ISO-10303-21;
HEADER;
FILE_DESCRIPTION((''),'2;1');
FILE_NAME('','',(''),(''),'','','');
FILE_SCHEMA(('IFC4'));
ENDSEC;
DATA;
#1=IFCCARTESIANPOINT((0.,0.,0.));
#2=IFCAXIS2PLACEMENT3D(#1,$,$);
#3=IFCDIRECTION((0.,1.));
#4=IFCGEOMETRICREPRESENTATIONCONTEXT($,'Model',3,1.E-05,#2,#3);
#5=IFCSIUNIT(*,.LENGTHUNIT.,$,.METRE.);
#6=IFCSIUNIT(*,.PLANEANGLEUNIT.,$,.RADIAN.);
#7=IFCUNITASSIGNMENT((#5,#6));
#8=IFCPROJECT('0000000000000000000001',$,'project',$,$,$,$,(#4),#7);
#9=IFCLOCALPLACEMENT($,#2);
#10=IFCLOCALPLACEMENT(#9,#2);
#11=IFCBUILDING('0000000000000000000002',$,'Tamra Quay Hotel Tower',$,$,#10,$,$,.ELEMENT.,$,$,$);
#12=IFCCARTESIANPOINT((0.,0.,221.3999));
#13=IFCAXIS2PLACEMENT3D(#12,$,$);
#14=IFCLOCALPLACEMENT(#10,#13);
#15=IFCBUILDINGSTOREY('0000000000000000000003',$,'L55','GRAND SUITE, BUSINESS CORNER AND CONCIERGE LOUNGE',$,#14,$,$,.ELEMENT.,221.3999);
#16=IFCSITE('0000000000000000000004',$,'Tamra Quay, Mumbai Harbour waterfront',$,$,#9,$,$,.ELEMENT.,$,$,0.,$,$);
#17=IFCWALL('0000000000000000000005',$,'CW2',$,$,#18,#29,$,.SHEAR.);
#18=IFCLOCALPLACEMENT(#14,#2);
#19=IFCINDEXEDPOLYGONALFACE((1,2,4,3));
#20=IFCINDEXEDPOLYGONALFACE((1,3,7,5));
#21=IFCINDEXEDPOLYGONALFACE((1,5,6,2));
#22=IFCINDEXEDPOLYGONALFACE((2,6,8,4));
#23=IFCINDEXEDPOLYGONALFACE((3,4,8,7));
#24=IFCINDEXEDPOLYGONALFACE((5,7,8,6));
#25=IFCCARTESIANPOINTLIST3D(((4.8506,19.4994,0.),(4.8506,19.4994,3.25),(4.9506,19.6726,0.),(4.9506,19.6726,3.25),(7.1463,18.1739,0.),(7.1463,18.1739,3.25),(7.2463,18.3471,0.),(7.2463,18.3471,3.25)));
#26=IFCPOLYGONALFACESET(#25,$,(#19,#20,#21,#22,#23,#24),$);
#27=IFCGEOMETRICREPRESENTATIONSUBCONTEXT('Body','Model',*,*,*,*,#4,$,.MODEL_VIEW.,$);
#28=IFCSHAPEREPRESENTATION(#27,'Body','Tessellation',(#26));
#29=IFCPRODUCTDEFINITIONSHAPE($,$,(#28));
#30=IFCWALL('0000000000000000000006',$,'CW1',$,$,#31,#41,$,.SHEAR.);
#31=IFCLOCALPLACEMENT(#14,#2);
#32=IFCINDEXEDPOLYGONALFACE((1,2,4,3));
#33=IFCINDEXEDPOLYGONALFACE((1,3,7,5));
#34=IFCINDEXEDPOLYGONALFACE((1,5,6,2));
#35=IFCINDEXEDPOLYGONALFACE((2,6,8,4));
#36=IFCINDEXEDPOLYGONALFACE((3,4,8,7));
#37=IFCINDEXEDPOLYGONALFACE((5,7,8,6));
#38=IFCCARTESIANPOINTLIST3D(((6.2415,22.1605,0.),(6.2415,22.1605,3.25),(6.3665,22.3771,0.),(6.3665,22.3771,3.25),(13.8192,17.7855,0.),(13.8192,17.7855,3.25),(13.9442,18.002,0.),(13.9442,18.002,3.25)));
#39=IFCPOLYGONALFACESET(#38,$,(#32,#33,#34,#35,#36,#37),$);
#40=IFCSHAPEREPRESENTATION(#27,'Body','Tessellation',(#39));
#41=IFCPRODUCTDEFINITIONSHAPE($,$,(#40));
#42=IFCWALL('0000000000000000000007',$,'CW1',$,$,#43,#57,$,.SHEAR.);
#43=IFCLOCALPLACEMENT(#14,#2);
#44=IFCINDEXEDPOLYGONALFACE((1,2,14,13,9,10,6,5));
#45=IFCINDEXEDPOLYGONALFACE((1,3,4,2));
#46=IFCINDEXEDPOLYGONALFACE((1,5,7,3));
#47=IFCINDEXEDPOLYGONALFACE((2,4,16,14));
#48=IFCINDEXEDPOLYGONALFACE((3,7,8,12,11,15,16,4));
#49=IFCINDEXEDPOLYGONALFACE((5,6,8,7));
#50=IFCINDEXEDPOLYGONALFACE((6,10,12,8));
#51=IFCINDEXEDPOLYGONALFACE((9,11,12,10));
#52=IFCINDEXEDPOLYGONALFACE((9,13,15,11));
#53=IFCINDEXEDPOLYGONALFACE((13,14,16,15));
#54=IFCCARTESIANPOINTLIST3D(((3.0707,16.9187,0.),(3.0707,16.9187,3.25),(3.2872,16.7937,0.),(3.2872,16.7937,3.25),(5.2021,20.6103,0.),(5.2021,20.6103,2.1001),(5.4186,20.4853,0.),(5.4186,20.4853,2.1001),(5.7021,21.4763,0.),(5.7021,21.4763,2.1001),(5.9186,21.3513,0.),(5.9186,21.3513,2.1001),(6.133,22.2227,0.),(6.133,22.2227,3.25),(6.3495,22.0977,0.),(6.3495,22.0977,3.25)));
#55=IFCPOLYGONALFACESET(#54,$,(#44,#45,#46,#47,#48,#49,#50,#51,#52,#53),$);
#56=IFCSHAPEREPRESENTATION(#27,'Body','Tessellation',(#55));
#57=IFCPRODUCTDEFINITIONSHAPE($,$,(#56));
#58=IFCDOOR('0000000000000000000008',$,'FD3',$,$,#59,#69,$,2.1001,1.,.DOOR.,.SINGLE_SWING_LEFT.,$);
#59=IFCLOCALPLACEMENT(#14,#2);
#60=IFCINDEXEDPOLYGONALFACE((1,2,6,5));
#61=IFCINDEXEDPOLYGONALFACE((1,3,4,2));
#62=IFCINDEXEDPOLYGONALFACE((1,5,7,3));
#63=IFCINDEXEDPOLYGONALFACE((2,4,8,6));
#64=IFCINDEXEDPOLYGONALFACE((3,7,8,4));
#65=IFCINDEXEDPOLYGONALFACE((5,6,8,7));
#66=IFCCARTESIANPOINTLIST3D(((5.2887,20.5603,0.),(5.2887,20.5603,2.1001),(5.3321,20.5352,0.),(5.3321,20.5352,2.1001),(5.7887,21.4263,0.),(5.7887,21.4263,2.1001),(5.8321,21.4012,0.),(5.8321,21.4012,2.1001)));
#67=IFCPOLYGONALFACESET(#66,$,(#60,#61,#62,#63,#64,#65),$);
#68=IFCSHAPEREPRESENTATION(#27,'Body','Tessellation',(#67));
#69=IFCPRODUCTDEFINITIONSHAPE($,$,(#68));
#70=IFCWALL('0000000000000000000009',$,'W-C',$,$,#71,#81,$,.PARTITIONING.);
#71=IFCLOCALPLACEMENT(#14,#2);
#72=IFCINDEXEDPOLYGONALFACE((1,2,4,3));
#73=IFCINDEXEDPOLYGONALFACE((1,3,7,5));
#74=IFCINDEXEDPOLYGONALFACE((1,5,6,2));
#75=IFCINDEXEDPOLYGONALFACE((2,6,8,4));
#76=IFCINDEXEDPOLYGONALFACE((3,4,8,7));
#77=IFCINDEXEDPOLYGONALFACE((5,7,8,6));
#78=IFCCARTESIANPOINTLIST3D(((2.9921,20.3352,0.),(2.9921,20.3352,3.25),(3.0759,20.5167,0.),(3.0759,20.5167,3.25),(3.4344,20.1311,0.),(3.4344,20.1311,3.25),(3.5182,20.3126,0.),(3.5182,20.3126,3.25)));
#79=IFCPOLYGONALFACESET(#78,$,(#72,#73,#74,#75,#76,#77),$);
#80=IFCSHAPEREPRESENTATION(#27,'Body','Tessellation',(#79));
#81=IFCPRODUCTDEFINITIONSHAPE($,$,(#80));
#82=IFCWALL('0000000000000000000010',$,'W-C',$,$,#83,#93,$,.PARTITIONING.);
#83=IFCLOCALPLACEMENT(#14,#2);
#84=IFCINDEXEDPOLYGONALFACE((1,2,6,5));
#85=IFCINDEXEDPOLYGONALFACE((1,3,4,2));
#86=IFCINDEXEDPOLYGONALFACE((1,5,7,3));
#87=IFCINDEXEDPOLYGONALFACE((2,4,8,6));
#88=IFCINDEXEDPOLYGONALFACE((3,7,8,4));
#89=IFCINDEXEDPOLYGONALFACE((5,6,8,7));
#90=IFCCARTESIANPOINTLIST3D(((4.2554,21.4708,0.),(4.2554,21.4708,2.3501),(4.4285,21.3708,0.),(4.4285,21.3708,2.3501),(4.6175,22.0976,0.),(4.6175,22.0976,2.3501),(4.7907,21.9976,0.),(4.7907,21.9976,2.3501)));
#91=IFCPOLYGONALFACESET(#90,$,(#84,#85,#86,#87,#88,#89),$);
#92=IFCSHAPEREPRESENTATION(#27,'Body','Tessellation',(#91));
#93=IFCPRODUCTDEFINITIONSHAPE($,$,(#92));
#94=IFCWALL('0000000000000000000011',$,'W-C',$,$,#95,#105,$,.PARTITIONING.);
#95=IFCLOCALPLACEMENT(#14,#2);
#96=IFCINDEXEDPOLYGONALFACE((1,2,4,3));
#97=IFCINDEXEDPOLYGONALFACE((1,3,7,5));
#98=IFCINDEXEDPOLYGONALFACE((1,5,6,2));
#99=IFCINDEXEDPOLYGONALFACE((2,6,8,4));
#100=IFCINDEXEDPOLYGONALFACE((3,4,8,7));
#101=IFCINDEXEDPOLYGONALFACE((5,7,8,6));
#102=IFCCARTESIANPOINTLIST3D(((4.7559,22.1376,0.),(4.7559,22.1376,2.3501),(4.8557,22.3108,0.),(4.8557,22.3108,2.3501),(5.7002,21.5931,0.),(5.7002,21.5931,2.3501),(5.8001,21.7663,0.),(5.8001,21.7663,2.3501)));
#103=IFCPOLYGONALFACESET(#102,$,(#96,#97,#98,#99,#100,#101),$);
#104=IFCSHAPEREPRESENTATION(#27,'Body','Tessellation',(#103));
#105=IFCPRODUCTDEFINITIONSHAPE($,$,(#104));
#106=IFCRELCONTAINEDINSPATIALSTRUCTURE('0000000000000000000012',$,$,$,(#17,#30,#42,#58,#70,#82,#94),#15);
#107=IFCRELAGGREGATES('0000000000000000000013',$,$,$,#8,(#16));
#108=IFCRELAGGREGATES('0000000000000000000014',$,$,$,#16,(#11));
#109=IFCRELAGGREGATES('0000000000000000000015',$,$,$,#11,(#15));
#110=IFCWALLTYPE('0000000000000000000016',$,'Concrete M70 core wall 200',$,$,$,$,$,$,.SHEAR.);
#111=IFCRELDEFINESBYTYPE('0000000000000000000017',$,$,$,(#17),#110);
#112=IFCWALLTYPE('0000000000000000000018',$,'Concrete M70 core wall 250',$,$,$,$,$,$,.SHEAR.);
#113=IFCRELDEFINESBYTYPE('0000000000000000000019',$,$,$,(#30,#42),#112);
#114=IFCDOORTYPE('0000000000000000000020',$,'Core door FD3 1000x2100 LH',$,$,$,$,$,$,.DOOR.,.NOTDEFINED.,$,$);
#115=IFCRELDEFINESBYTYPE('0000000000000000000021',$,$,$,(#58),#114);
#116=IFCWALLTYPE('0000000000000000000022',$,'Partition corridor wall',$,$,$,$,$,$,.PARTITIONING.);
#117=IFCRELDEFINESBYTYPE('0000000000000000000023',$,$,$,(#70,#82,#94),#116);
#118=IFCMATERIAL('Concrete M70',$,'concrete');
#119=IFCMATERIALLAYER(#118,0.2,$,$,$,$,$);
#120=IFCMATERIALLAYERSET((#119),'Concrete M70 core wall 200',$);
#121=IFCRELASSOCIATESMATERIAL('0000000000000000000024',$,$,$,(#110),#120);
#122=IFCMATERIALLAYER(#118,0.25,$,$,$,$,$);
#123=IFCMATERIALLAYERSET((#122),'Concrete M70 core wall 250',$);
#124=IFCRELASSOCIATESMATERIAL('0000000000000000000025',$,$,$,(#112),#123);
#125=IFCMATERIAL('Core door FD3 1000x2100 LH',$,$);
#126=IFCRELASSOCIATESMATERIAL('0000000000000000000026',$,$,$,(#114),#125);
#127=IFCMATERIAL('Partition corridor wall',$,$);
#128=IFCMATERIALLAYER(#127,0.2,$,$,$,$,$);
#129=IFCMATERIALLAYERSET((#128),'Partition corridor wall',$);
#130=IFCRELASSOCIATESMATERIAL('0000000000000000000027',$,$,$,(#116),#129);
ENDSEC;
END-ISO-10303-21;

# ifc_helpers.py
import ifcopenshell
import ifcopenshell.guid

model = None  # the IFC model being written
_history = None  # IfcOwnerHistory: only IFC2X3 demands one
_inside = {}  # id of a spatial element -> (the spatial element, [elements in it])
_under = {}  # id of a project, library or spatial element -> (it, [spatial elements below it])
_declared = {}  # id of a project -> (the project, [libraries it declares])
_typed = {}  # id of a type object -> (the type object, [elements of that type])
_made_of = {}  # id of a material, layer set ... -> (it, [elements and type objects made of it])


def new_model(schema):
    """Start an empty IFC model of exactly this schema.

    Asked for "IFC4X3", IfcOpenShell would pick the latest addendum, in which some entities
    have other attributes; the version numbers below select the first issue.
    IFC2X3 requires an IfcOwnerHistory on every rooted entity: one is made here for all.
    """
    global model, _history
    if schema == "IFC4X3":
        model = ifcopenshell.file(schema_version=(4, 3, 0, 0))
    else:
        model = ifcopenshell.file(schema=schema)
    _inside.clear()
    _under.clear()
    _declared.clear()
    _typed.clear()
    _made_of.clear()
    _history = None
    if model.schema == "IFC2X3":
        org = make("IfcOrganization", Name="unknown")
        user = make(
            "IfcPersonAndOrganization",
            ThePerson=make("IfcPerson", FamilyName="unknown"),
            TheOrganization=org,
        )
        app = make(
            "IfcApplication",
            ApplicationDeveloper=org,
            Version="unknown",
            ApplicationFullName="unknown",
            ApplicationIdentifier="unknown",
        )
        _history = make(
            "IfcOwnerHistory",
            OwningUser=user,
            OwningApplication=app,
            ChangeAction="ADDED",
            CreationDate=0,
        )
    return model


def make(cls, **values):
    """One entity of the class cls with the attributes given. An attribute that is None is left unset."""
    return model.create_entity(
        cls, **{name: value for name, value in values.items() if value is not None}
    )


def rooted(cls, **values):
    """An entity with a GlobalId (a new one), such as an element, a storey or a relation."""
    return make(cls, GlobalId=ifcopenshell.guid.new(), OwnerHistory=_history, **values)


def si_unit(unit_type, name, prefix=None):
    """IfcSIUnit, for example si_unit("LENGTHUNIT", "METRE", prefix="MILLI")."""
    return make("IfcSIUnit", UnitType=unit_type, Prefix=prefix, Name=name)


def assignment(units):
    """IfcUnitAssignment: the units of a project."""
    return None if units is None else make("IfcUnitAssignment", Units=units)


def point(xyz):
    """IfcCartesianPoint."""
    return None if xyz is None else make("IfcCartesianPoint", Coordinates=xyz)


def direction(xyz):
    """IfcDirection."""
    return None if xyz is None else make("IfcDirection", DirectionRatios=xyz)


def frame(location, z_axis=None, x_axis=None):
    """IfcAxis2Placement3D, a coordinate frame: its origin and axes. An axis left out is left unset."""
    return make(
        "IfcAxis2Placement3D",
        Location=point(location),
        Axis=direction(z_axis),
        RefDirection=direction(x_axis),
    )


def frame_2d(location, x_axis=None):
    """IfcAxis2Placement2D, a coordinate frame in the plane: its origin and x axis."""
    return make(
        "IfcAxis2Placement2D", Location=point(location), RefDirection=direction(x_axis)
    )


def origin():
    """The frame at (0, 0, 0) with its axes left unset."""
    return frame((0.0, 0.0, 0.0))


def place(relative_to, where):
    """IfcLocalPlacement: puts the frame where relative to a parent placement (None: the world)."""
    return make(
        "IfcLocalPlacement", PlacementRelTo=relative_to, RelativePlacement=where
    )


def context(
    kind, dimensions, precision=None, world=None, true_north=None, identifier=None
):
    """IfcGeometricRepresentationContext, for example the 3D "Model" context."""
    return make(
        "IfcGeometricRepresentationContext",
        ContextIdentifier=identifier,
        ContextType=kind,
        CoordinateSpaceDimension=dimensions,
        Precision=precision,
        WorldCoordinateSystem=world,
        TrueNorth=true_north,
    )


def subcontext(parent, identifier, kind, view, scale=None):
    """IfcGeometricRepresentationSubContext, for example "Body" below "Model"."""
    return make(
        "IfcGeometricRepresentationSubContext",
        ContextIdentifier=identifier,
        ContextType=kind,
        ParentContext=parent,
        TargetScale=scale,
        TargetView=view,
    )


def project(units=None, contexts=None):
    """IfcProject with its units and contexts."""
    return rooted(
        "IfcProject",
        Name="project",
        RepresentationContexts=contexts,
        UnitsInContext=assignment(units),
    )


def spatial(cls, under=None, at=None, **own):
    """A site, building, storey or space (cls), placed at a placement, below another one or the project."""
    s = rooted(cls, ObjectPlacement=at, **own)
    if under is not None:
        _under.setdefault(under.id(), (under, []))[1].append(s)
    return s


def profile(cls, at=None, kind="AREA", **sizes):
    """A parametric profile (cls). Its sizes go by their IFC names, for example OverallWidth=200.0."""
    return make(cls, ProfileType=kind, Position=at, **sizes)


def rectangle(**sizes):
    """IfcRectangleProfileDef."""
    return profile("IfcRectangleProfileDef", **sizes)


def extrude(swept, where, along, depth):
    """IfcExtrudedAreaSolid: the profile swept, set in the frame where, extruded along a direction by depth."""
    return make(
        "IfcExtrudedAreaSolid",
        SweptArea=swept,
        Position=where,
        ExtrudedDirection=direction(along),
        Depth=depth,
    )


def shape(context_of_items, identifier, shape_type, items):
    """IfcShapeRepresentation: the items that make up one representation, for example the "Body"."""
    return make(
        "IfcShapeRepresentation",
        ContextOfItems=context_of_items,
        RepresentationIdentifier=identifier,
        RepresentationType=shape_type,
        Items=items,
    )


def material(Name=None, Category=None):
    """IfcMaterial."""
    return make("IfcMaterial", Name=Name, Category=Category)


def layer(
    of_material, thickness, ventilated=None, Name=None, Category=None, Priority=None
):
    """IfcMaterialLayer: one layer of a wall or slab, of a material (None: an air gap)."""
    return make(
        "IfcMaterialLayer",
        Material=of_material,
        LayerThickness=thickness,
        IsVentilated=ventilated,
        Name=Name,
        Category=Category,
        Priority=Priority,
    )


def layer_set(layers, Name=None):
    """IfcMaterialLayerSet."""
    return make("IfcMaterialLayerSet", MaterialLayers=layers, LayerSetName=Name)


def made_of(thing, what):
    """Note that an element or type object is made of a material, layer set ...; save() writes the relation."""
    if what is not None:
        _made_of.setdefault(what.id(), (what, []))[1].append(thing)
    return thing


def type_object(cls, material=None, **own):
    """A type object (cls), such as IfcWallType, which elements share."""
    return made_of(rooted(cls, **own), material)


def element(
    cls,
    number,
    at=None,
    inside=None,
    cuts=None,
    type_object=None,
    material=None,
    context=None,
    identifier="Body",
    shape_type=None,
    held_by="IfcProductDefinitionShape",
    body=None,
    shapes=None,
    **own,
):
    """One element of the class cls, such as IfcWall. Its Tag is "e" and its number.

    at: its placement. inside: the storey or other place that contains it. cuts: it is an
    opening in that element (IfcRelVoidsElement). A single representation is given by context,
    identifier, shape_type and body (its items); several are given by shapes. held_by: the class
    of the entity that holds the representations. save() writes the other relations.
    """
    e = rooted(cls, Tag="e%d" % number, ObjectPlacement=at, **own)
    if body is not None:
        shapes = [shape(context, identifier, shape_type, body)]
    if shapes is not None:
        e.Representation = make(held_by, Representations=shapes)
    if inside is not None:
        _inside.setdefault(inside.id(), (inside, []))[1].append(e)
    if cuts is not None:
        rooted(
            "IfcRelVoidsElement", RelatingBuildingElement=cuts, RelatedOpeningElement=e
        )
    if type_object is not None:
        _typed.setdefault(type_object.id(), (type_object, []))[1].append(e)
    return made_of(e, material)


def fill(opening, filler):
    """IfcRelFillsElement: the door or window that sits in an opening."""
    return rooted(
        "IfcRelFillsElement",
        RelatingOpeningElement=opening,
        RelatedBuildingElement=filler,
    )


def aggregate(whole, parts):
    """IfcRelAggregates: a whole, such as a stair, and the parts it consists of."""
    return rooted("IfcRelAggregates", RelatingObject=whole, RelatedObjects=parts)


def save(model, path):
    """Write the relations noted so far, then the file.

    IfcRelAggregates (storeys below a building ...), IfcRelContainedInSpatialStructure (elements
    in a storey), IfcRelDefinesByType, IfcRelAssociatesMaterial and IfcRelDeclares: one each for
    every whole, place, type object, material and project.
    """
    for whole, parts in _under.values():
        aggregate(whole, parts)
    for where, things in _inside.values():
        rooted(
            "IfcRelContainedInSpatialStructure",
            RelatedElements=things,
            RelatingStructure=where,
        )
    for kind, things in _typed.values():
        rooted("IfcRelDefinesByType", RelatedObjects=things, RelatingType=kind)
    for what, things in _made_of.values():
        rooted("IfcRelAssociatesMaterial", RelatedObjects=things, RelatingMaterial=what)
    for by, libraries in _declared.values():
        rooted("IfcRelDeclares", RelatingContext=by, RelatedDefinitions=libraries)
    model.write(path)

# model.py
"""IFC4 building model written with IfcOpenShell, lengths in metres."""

from ifc_helpers import new_model, si_unit, direction, frame, frame_2d, origin, place, context, subcontext, project, spatial, rectangle, extrude, material, layer, layer_set, type_object, element, fill, save


model = new_model("IFC4")

# Units and contexts
model_context = context("Model", 3, precision=1e-05, world=origin(), true_north=direction((0.0, 1.0)))
body_context = subcontext(model_context, "Body", "Model", "MODEL_VIEW")
ifc_project = project(units=[si_unit("LENGTHUNIT", "METRE"), si_unit("PLANEANGLEUNIT", "RADIAN")], contexts=[model_context])

# Site, building, storey
site_placement = place(None, origin())
site = spatial("IfcSite", under=ifc_project, at=site_placement, Name="Tamra Quay, Mumbai Harbour waterfront", CompositionType="ELEMENT", RefElevation=0.0)
building_placement = place(site_placement, origin())
building = spatial("IfcBuilding", under=site, at=building_placement, Name="Tamra Quay Hotel Tower", CompositionType="ELEMENT")
storey_placement = place(building_placement, frame((0.0, 0.0, 221.3999)))
storey = spatial("IfcBuildingStorey", under=building, at=storey_placement, Name="L55", Description="GRAND SUITE, BUSINESS CORNER AND CONCIERGE LOUNGE", CompositionType="ELEMENT", Elevation=221.3999)

# Shared definitions
ifc_material_1 = material(Name="Concrete M70", Category="concrete")

# Shared definitions
ifc_layer_1 = layer(ifc_material_1, 0.2)
ifc_layer_set_1 = layer_set([ifc_layer_1], Name="Concrete M70 core wall 200")
wall_type_1 = type_object("IfcWallType", Name="Concrete M70 core wall 200", PredefinedType="SHEAR", material=ifc_layer_set_1)

# Walls
wall_1_placement = place(storey_placement, frame((7.1963, 18.2605, 0.0), z_axis=(0.0, 0.0, 1.0), x_axis=(-0.866018, 0.500012, 0.0)))
element("IfcWall", 1, at=wall_1_placement, inside=storey, type_object=wall_type_1, Name="CW2", PredefinedType="SHEAR", context=body_context, shape_type="SweptSolid", body=[
    extrude(rectangle(XDim=2.6509, YDim=0.2, at=frame_2d((1.3254, 0.0))), origin(), (0.0, 0.0, 1.0), 3.25),
])
ifc_layer_2 = layer(ifc_material_1, 0.25)
ifc_layer_set_2 = layer_set([ifc_layer_2], Name="Concrete M70 core wall 250")
wall_type_2 = type_object("IfcWallType", Name="Concrete M70 core wall 250", PredefinedType="SHEAR", material=ifc_layer_set_2)
wall_2_placement = place(storey_placement, frame((6.304, 22.2688, 0.0), z_axis=(0.0, 0.0, 1.0), x_axis=(0.866023, -0.500004, 0.0)))
element("IfcWall", 2, at=wall_2_placement, inside=storey, type_object=wall_type_2, Name="CW1", PredefinedType="SHEAR", context=body_context, shape_type="SweptSolid", body=[
    extrude(rectangle(XDim=8.75, YDim=0.25, at=frame_2d((4.375, 0.0))), origin(), (0.0, 0.0, 1.0), 3.25),
])

# Wall, opening, door
wall_3_placement = place(storey_placement, frame((3.179, 16.8562, 0.0), z_axis=(0.0, 0.0, 1.0), x_axis=(0.500002, 0.866024, 0.0)))
wall_3 = element("IfcWall", 3, at=wall_3_placement, inside=storey, type_object=wall_type_2, Name="CW1", PredefinedType="SHEAR", context=body_context, shape_type="SweptSolid", body=[
    extrude(rectangle(XDim=6.1245, YDim=0.25, at=frame_2d((3.0623, 0.0))), origin(), (0.0, 0.0, 1.0), 3.25),
])
opening_1_placement = place(wall_3_placement, frame((4.2627, 0.0, 0.0)))
opening_1 = element("IfcOpeningElement", 4, at=opening_1_placement, cuts=wall_3, PredefinedType="OPENING", context=body_context, shape_type="SweptSolid", body=[
    extrude(rectangle(XDim=1.0, YDim=2.1001, at=frame_2d((0.5, 1.05))), frame((0.0, 0.135, 0.0), z_axis=(0.0, -1.0, 0.0), x_axis=(1.0, 0.0, 0.0)), (0.0, 0.0, 1.0), 0.27),
])
ifc_material_2 = material(Name="Core door FD3 1000x2100 LH")
door_type_1 = type_object("IfcDoorType", Name="Core door FD3 1000x2100 LH", OperationType="NOTDEFINED", PredefinedType="DOOR", material=ifc_material_2)
door_1_placement = place(opening_1_placement, origin())
door_1 = element("IfcDoor", 5, at=door_1_placement, inside=storey, type_object=door_type_1, Name="FD3", OperationType="SINGLE_SWING_LEFT", OverallHeight=2.1001, OverallWidth=1.0, PredefinedType="DOOR", context=body_context, shape_type="SweptSolid", body=[
    extrude(rectangle(XDim=1.0, YDim=2.1001, at=frame_2d((0.5, 1.05))), frame((0.0, 0.0249, 0.0), z_axis=(0.0, -1.0, 0.0), x_axis=(1.0, 0.0, 0.0)), (0.0, 0.0, 1.0), 0.05),
])
fill(opening_1, door_1)

# Walls
ifc_material_3 = material(Name="Partition corridor wall")
ifc_layer_3 = layer(ifc_material_3, 0.2)
ifc_layer_set_3 = layer_set([ifc_layer_3], Name="Partition corridor wall")
wall_type_3 = type_object("IfcWallType", Name="Partition corridor wall", PredefinedType="PARTITIONING", material=ifc_layer_set_3)
wall_4_placement = place(storey_placement, frame((3.0339, 20.426, 0.0), z_axis=(0.0, 0.0, 1.0), x_axis=(0.90793, -0.419122, 0.0)))
element("IfcWall", 6, at=wall_4_placement, inside=storey, type_object=wall_type_3, Name="W-C", PredefinedType="PARTITIONING", context=body_context, shape_type="SweptSolid", body=[
    extrude(rectangle(XDim=0.4871, YDim=0.2, at=frame_2d((0.2437, 0.0))), origin(), (0.0, 0.0, 1.0), 3.25),
])
wall_5_placement = place(storey_placement, frame((4.342, 21.4209, 0.0), z_axis=(0.0, 0.0, 1.0), x_axis=(0.500238, 0.865888, 0.0)))
element("IfcWall", 7, at=wall_5_placement, inside=storey, type_object=wall_type_3, Name="W-C", PredefinedType="PARTITIONING", context=body_context, shape_type="SweptSolid", body=[
    extrude(rectangle(XDim=0.7239, YDim=0.2, at=frame_2d((0.3618, 0.0))), origin(), (0.0, 0.0, 1.0), 2.3501),
])
wall_6_placement = place(storey_placement, frame((4.8059, 22.2241, 0.0), z_axis=(0.0, 0.0, 1.0), x_axis=(0.866335, -0.499464, 0.0)))
element("IfcWall", 8, at=wall_6_placement, inside=storey, type_object=wall_type_3, Name="W-C", PredefinedType="PARTITIONING", context=body_context, shape_type="SweptSolid", body=[
    extrude(rectangle(XDim=1.0901, YDim=0.2, at=frame_2d((0.5449, 0.0))), origin(), (0.0, 0.0, 1.0), 2.3501),
])

save(model, "model.ifc")
